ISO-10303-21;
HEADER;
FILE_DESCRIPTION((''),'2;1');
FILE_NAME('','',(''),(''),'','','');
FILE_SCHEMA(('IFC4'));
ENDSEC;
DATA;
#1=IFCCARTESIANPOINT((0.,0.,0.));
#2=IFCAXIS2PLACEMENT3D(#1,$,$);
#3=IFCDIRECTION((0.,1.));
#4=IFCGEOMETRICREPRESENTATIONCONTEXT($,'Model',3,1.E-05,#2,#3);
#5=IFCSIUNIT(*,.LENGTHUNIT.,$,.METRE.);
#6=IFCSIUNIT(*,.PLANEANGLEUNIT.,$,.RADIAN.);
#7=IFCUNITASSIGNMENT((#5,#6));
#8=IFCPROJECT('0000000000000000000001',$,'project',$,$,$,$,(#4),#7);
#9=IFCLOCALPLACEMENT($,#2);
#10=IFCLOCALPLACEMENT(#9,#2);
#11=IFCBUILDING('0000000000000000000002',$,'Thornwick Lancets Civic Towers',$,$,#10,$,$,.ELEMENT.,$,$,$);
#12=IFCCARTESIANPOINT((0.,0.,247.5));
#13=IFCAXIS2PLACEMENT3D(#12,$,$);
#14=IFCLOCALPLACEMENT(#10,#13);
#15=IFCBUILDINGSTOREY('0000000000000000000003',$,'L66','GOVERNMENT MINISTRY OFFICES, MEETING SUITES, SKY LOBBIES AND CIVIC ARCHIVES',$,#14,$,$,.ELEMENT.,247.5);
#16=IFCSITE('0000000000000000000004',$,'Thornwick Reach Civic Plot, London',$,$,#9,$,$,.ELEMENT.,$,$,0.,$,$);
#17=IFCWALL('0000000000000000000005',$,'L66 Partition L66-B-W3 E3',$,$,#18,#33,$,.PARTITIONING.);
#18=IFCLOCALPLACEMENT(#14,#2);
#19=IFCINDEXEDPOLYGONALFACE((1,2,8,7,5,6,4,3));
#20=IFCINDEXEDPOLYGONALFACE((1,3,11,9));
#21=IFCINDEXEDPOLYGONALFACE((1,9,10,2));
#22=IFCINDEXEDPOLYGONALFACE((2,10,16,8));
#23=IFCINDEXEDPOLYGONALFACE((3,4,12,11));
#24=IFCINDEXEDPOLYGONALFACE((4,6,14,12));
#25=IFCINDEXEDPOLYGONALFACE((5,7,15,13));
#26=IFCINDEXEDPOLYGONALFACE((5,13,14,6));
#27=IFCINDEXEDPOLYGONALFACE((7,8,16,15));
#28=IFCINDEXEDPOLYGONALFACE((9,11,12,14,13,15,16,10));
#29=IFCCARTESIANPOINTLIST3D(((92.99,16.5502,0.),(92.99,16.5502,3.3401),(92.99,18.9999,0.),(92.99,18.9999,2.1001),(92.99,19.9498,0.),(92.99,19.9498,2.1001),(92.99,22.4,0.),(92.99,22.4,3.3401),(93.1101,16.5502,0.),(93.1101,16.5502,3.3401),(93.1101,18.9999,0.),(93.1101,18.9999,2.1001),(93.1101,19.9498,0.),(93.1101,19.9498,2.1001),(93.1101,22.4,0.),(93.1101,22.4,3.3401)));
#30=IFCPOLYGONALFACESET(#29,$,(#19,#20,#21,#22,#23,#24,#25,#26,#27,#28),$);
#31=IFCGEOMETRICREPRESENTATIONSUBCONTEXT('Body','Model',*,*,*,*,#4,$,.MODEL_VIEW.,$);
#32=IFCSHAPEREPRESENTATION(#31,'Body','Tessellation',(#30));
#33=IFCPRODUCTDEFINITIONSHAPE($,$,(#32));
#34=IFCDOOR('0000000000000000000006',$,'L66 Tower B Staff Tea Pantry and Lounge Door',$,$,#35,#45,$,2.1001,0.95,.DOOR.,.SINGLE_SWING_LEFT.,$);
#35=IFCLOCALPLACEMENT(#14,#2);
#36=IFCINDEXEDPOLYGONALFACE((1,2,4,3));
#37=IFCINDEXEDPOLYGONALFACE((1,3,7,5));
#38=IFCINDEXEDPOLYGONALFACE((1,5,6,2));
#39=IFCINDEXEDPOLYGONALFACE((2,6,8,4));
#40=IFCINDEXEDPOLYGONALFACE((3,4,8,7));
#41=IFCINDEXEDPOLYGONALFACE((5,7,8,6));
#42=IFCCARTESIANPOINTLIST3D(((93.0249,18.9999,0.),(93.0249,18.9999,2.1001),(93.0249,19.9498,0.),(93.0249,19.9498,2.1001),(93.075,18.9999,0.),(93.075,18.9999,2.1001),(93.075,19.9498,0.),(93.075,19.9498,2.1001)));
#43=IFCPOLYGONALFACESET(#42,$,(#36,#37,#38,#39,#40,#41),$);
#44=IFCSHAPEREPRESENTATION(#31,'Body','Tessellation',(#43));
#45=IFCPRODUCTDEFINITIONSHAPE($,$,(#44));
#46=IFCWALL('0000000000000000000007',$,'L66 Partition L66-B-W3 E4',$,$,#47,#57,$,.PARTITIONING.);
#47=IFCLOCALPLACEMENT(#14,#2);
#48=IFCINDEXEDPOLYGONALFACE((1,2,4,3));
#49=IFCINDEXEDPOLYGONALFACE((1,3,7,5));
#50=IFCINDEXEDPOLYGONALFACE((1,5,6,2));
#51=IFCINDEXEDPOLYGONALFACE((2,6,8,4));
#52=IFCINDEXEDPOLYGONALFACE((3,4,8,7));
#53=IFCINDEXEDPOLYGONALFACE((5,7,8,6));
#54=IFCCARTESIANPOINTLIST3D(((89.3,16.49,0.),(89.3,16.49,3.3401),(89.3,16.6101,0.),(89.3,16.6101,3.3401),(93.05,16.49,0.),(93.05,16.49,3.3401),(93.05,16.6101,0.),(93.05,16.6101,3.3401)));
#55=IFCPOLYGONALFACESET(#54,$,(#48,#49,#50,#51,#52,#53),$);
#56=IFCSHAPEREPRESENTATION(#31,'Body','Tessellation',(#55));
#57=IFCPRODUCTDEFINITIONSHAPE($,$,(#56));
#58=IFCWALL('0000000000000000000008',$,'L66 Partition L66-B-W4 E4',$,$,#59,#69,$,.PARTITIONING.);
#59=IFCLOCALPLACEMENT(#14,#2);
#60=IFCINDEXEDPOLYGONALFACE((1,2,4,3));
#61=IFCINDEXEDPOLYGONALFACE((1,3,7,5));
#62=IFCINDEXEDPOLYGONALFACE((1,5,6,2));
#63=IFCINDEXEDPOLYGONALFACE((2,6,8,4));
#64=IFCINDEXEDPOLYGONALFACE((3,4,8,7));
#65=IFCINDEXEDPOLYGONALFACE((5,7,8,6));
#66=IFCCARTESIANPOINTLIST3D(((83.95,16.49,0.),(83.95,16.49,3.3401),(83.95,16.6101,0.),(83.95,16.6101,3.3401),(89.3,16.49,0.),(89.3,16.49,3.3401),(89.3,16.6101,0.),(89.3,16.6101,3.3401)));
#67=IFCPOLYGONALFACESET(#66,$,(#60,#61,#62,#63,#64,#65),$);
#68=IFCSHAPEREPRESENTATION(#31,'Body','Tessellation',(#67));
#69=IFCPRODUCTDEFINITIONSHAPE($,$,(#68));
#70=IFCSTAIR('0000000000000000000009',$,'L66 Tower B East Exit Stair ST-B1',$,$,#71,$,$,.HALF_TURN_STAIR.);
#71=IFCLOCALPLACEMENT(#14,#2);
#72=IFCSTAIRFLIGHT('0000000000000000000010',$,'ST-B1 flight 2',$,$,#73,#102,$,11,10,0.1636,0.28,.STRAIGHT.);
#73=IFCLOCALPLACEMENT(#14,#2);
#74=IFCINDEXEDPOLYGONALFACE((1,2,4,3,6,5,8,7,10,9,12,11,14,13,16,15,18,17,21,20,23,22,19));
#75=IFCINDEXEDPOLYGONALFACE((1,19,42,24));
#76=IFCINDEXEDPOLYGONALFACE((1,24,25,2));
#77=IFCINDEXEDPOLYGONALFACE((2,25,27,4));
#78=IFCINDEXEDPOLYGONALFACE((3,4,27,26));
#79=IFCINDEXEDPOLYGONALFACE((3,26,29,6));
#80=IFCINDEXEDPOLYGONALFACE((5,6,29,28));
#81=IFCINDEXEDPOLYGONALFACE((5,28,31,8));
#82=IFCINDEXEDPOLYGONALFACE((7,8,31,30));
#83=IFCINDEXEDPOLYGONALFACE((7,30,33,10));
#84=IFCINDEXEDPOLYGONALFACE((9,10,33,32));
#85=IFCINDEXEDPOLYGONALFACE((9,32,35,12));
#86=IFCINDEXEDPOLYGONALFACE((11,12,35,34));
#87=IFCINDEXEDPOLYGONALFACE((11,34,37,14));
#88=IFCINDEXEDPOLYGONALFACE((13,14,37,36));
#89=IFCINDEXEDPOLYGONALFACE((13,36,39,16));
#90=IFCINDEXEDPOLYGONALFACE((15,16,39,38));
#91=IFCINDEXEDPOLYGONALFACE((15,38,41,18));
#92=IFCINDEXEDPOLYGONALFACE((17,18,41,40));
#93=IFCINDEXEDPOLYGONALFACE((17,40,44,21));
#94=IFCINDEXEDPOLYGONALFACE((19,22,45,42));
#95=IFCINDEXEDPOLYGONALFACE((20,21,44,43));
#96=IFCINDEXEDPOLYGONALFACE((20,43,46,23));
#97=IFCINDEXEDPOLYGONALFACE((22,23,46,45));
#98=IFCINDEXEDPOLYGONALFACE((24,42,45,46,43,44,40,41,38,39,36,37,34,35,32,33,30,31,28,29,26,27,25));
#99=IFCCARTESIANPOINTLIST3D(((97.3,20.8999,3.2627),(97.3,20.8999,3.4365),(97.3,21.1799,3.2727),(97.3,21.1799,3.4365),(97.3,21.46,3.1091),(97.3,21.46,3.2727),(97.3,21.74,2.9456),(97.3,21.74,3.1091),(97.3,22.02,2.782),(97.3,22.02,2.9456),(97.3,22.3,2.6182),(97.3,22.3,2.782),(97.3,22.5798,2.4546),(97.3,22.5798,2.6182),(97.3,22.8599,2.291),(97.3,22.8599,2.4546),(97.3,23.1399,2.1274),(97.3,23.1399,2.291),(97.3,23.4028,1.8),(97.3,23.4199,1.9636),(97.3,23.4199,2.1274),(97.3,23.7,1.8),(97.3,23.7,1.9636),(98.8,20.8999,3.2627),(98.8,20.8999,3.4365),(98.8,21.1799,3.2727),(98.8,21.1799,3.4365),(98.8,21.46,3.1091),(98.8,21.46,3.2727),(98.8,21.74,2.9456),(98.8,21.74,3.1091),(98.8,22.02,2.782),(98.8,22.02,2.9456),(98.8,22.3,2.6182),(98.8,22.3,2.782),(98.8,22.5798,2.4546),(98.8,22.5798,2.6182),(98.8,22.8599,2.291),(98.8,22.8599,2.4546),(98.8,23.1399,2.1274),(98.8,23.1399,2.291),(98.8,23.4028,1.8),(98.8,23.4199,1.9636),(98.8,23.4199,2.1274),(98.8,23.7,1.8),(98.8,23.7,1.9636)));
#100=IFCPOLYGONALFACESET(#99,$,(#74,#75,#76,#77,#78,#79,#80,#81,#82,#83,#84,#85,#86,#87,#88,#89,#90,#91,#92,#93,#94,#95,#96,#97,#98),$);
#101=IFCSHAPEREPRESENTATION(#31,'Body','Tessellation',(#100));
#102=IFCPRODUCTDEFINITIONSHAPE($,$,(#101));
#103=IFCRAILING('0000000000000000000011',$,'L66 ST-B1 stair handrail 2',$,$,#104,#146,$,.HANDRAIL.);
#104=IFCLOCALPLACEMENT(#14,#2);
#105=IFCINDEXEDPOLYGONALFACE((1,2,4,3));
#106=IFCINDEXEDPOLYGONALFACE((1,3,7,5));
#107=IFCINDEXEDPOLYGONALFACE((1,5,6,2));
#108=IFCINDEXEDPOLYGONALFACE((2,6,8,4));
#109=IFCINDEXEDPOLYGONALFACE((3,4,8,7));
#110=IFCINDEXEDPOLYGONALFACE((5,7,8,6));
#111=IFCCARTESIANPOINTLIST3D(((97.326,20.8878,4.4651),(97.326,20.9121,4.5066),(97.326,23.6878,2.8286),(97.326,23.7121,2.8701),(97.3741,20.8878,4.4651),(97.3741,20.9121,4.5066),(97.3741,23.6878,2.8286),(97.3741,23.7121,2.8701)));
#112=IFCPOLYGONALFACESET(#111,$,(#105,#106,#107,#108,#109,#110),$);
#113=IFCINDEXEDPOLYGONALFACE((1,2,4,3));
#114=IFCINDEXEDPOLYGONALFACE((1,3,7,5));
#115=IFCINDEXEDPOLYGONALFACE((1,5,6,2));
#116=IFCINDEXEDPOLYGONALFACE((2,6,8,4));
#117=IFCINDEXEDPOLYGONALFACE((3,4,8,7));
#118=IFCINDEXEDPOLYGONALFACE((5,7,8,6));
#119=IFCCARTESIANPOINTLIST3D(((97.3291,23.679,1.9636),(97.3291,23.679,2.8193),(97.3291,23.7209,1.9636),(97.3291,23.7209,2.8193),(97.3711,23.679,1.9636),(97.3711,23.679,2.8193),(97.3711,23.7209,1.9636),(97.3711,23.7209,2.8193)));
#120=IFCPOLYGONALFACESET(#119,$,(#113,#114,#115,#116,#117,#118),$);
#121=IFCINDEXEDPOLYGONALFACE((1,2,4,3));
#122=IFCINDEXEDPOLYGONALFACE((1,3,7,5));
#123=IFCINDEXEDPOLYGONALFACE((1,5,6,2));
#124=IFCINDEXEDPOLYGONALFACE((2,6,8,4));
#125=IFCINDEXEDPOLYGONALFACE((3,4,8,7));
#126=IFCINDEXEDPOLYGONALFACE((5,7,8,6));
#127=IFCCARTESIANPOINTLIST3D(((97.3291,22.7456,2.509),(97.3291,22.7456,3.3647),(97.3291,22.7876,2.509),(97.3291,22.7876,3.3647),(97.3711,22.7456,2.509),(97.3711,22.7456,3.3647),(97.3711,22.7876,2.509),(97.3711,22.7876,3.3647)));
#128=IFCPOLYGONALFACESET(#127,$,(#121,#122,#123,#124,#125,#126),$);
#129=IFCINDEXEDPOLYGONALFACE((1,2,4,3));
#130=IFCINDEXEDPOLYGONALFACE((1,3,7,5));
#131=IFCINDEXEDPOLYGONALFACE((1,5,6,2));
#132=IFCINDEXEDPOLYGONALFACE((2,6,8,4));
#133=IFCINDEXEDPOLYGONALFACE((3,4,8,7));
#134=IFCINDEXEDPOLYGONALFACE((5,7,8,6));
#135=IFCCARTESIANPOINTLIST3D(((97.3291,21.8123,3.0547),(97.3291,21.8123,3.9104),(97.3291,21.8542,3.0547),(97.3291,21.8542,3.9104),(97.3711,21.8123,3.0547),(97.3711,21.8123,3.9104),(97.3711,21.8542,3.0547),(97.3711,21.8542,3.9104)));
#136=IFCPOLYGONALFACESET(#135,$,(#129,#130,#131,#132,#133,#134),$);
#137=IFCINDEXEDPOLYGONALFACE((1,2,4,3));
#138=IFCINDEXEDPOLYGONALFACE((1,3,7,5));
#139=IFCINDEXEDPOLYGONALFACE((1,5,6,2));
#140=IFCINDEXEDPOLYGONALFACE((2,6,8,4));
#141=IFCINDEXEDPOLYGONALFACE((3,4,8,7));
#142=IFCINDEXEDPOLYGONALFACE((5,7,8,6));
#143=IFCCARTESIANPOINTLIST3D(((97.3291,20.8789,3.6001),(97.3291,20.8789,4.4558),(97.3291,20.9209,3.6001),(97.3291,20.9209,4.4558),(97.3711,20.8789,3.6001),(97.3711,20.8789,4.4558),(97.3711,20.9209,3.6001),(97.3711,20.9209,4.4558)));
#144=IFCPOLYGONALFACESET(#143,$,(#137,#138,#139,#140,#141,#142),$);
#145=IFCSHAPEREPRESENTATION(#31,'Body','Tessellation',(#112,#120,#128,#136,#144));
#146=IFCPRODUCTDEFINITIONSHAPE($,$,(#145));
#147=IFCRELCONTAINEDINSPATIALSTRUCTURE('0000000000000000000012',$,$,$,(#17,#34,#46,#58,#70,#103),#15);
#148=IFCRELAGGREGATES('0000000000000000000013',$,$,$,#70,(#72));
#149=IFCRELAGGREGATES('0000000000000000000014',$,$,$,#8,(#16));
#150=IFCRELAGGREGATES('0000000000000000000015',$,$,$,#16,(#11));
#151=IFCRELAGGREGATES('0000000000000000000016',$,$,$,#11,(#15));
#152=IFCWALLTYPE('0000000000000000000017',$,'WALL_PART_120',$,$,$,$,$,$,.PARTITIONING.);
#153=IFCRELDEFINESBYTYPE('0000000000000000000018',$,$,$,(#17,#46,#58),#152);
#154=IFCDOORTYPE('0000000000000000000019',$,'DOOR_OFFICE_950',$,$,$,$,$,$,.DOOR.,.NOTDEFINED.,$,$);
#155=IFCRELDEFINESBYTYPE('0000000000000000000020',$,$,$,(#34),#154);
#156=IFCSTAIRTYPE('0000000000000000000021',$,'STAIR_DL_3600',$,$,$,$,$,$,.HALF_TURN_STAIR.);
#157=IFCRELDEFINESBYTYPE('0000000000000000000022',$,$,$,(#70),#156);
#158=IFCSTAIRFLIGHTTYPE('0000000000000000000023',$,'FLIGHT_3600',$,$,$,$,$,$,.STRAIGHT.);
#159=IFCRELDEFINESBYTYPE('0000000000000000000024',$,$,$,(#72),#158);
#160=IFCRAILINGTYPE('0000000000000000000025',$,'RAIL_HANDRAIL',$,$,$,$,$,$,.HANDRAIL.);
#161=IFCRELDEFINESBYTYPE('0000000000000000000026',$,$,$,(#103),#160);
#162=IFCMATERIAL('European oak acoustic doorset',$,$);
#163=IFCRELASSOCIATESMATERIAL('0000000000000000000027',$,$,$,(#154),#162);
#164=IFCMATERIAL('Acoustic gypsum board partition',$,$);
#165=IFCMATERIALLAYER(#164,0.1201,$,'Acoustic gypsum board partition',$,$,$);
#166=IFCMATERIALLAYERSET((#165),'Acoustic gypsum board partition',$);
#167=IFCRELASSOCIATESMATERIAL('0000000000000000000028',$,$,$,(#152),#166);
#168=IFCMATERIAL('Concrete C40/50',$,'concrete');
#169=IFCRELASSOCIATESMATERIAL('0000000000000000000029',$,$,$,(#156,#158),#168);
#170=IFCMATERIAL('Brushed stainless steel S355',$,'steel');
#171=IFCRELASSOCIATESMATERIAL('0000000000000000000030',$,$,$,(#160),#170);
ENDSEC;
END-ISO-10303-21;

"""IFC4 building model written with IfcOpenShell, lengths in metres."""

from ifc_helpers import new_model, si_unit, direction, frame, frame_2d, origin, origin_2d, place, context, subcontext, project, spatial, polyline, rectangle, outline, extrude, material, layer, layer_set, type_object, element, fill, aggregate, save


model = new_model("IFC4")

# Units and contexts
model_context = context("Model", 3, precision=1e-05, world=origin(), true_north=direction((0.0, 1.0)))
body_context = subcontext(model_context, "Body", "Model", "MODEL_VIEW")
ifc_project = project(units=[si_unit("LENGTHUNIT", "METRE"), si_unit("PLANEANGLEUNIT", "RADIAN")], contexts=[model_context])

# Site, building, storey
site_placement = place(None, origin())
site = spatial("IfcSite", under=ifc_project, at=site_placement, Name="Thornwick Reach Civic Plot, London", CompositionType="ELEMENT", RefElevation=0.0)
building_placement = place(site_placement, origin())
building = spatial("IfcBuilding", under=site, at=building_placement, Name="Thornwick Lancets Civic Towers", CompositionType="ELEMENT")
storey_placement = place(building_placement, frame((0.0, 0.0, 247.5)))
storey = spatial("IfcBuildingStorey", under=building, at=storey_placement, Name="L66", Description="GOVERNMENT MINISTRY OFFICES, MEETING SUITES, SKY LOBBIES AND CIVIC ARCHIVES", CompositionType="ELEMENT", Elevation=247.5)

# Shared definitions
ifc_material_1 = material(Name="European oak acoustic doorset")
door_type_1 = type_object("IfcDoorType", Name="DOOR_OFFICE_950", OperationType="NOTDEFINED", PredefinedType="DOOR", material=ifc_material_1)
ifc_material_2 = material(Name="Acoustic gypsum board partition")
ifc_layer_1 = layer(ifc_material_2, 0.1201, Name="Acoustic gypsum board partition")
ifc_layer_set_1 = layer_set([ifc_layer_1], Name="Acoustic gypsum board partition")
wall_type_1 = type_object("IfcWallType", Name="WALL_PART_120", PredefinedType="PARTITIONING", material=ifc_layer_set_1)

# Wall, opening, door
wall_1_placement = place(storey_placement, frame((93.05, 22.3999, 0.0), z_axis=(0.0, 0.0, 1.0), x_axis=(0.0, -1.0, 0.0)))
wall_1 = element("IfcWall", 1, at=wall_1_placement, inside=storey, type_object=wall_type_1, Name="L66 Partition L66-B-W3 E3", PredefinedType="PARTITIONING", context=body_context, shape_type="SweptSolid", body=[
    extrude(rectangle(XDim=5.8499, YDim=0.1201, at=frame_2d((2.9248, 0.0))), origin(), (0.0, 0.0, 1.0), 3.3401),
])
opening_1_placement = place(wall_1_placement, frame((2.45, 0.0, 0.0)))
opening_1 = element("IfcOpeningElement", 2, at=opening_1_placement, cuts=wall_1, PredefinedType="OPENING", context=body_context, shape_type="SweptSolid", body=[
    extrude(rectangle(XDim=0.95, YDim=2.1001, at=frame_2d((0.4751, 1.05))), frame((0.0, 0.0701, 0.0), z_axis=(0.0, -1.0, 0.0), x_axis=(1.0, 0.0, 0.0)), (0.0, 0.0, 1.0), 0.1401),
])
door_1_placement = place(opening_1_placement, origin())
door_1 = element("IfcDoor", 3, at=door_1_placement, inside=storey, type_object=door_type_1, Name="L66 Tower B Staff Tea Pantry and Lounge Door", OperationType="SINGLE_SWING_LEFT", OverallHeight=2.1001, OverallWidth=0.95, PredefinedType="DOOR", context=body_context, shape_type="SweptSolid", body=[
    extrude(rectangle(XDim=0.95, YDim=2.1001, at=frame_2d((0.4751, 1.05))), frame((0.0, 0.0249, 0.0), z_axis=(0.0, -1.0, 0.0), x_axis=(1.0, 0.0, 0.0)), (0.0, 0.0, 1.0), 0.05),
])
fill(opening_1, door_1)

# Walls
wall_2_placement = place(storey_placement, frame((93.05, 16.55, 0.0), z_axis=(0.0, 0.0, 1.0), x_axis=(-1.0, 0.0, 0.0)))
element("IfcWall", 4, at=wall_2_placement, inside=storey, type_object=wall_type_1, Name="L66 Partition L66-B-W3 E4", PredefinedType="PARTITIONING", context=body_context, shape_type="SweptSolid", body=[
    extrude(rectangle(XDim=3.75, YDim=0.1201, at=frame_2d((1.875, 0.0))), origin(), (0.0, 0.0, 1.0), 3.3401),
])
wall_3_placement = place(storey_placement, frame((89.3, 16.55, 0.0), z_axis=(0.0, 0.0, 1.0), x_axis=(-1.0, 0.0, 0.0)))
element("IfcWall", 5, at=wall_3_placement, inside=storey, type_object=wall_type_1, Name="L66 Partition L66-B-W4 E4", PredefinedType="PARTITIONING", context=body_context, shape_type="SweptSolid", body=[
    extrude(rectangle(XDim=5.3501, YDim=0.1201, at=frame_2d((2.675, 0.0))), origin(), (0.0, 0.0, 1.0), 3.3401),
])

# Stair, stair flight
ifc_material_3 = material(Name="Concrete C40/50", Category="concrete")
stair_type = type_object("IfcStairType", Name="STAIR_DL_3600", PredefinedType="HALF_TURN_STAIR", material=ifc_material_3)
stair_placement = place(storey_placement, origin())
stair = element("IfcStair", 6, at=stair_placement, inside=storey, type_object=stair_type, Name="L66 Tower B East Exit Stair ST-B1", PredefinedType="HALF_TURN_STAIR")
stair_flight_type = type_object("IfcStairFlightType", Name="FLIGHT_3600", PredefinedType="STRAIGHT", material=ifc_material_3)
stair_flight_placement = place(storey_placement, frame((98.05, 23.7, 1.8), z_axis=(0.0, 0.0, 1.0), x_axis=(0.0, -1.0, 0.0)))
stair_flight = element("IfcStairFlight", 7, at=stair_flight_placement, type_object=stair_flight_type, Name="ST-B1 flight 2", NumberOfRisers=11, NumberOfTreads=10, PredefinedType="STRAIGHT", RiserHeight=0.1636, TreadLength=0.28, context=body_context, shape_type="SweptSolid", body=[
    extrude(outline(polyline([(0.0, 0.0), (0.0, 0.1636), (0.28, 0.1636), (0.28, 0.3274), (0.5601, 0.3274), (0.5601, 0.491), (0.8401, 0.491), (0.8401, 0.6545), (1.1201, 0.6545), (1.1201, 0.8181), (1.3999, 0.8181), (1.3999, 0.9819), (1.6799, 0.9819), (1.6799, 1.1455), (1.96, 1.1455), (1.96, 1.3091), (2.24, 1.3091), (2.24, 1.4727), (2.52, 1.4727), (2.52, 1.6365), (2.8, 1.6365), (2.8, 1.8), (2.8, 1.4626), (0.2971, 0.0), (0.0, 0.0)])), frame((0.0, 0.75, 0.0), z_axis=(0.0, -1.0, 0.0), x_axis=(1.0, 0.0, 0.0)), (0.0, 0.0, 1.0), 1.5),
])
aggregate(stair, [stair_flight])

# Railing
ifc_material_4 = material(Name="Brushed stainless steel S355", Category="steel")
railing_type_1 = type_object("IfcRailingType", Name="RAIL_HANDRAIL", PredefinedType="HANDRAIL", material=ifc_material_4)
railing_1_placement = place(storey_placement, frame((97.3501, 23.7, 1.9636)))
element("IfcRailing", 8, at=railing_1_placement, inside=storey, type_object=railing_type_1, Name="L66 ST-B1 stair handrail 2", PredefinedType="HANDRAIL", context=body_context, shape_type="SweptSolid", body=[
    extrude(rectangle(XDim=0.0481, YDim=0.0481, at=origin_2d()), frame((0.0, 0.0, 0.8857), z_axis=(0.0, -0.863361, 0.504587), x_axis=(1.0, 0.0, 0.0)), (0.0, 0.0, 1.0), 3.2432),
    extrude(rectangle(XDim=0.042, YDim=0.042, at=origin_2d()), origin(), (0.0, 0.0, 1.0), 0.8557),
    extrude(rectangle(XDim=0.042, YDim=0.042, at=origin_2d()), frame((0.0, -0.9333, 0.5454)), (0.0, 0.0, 1.0), 0.8557),
    extrude(rectangle(XDim=0.042, YDim=0.042, at=origin_2d()), frame((0.0, -1.8667, 1.0911)), (0.0, 0.0, 1.0), 0.8557),
    extrude(rectangle(XDim=0.042, YDim=0.042, at=origin_2d()), frame((0.0, -2.8, 1.6365)), (0.0, 0.0, 1.0), 0.8557),
])

save(model, "model.ifc")
